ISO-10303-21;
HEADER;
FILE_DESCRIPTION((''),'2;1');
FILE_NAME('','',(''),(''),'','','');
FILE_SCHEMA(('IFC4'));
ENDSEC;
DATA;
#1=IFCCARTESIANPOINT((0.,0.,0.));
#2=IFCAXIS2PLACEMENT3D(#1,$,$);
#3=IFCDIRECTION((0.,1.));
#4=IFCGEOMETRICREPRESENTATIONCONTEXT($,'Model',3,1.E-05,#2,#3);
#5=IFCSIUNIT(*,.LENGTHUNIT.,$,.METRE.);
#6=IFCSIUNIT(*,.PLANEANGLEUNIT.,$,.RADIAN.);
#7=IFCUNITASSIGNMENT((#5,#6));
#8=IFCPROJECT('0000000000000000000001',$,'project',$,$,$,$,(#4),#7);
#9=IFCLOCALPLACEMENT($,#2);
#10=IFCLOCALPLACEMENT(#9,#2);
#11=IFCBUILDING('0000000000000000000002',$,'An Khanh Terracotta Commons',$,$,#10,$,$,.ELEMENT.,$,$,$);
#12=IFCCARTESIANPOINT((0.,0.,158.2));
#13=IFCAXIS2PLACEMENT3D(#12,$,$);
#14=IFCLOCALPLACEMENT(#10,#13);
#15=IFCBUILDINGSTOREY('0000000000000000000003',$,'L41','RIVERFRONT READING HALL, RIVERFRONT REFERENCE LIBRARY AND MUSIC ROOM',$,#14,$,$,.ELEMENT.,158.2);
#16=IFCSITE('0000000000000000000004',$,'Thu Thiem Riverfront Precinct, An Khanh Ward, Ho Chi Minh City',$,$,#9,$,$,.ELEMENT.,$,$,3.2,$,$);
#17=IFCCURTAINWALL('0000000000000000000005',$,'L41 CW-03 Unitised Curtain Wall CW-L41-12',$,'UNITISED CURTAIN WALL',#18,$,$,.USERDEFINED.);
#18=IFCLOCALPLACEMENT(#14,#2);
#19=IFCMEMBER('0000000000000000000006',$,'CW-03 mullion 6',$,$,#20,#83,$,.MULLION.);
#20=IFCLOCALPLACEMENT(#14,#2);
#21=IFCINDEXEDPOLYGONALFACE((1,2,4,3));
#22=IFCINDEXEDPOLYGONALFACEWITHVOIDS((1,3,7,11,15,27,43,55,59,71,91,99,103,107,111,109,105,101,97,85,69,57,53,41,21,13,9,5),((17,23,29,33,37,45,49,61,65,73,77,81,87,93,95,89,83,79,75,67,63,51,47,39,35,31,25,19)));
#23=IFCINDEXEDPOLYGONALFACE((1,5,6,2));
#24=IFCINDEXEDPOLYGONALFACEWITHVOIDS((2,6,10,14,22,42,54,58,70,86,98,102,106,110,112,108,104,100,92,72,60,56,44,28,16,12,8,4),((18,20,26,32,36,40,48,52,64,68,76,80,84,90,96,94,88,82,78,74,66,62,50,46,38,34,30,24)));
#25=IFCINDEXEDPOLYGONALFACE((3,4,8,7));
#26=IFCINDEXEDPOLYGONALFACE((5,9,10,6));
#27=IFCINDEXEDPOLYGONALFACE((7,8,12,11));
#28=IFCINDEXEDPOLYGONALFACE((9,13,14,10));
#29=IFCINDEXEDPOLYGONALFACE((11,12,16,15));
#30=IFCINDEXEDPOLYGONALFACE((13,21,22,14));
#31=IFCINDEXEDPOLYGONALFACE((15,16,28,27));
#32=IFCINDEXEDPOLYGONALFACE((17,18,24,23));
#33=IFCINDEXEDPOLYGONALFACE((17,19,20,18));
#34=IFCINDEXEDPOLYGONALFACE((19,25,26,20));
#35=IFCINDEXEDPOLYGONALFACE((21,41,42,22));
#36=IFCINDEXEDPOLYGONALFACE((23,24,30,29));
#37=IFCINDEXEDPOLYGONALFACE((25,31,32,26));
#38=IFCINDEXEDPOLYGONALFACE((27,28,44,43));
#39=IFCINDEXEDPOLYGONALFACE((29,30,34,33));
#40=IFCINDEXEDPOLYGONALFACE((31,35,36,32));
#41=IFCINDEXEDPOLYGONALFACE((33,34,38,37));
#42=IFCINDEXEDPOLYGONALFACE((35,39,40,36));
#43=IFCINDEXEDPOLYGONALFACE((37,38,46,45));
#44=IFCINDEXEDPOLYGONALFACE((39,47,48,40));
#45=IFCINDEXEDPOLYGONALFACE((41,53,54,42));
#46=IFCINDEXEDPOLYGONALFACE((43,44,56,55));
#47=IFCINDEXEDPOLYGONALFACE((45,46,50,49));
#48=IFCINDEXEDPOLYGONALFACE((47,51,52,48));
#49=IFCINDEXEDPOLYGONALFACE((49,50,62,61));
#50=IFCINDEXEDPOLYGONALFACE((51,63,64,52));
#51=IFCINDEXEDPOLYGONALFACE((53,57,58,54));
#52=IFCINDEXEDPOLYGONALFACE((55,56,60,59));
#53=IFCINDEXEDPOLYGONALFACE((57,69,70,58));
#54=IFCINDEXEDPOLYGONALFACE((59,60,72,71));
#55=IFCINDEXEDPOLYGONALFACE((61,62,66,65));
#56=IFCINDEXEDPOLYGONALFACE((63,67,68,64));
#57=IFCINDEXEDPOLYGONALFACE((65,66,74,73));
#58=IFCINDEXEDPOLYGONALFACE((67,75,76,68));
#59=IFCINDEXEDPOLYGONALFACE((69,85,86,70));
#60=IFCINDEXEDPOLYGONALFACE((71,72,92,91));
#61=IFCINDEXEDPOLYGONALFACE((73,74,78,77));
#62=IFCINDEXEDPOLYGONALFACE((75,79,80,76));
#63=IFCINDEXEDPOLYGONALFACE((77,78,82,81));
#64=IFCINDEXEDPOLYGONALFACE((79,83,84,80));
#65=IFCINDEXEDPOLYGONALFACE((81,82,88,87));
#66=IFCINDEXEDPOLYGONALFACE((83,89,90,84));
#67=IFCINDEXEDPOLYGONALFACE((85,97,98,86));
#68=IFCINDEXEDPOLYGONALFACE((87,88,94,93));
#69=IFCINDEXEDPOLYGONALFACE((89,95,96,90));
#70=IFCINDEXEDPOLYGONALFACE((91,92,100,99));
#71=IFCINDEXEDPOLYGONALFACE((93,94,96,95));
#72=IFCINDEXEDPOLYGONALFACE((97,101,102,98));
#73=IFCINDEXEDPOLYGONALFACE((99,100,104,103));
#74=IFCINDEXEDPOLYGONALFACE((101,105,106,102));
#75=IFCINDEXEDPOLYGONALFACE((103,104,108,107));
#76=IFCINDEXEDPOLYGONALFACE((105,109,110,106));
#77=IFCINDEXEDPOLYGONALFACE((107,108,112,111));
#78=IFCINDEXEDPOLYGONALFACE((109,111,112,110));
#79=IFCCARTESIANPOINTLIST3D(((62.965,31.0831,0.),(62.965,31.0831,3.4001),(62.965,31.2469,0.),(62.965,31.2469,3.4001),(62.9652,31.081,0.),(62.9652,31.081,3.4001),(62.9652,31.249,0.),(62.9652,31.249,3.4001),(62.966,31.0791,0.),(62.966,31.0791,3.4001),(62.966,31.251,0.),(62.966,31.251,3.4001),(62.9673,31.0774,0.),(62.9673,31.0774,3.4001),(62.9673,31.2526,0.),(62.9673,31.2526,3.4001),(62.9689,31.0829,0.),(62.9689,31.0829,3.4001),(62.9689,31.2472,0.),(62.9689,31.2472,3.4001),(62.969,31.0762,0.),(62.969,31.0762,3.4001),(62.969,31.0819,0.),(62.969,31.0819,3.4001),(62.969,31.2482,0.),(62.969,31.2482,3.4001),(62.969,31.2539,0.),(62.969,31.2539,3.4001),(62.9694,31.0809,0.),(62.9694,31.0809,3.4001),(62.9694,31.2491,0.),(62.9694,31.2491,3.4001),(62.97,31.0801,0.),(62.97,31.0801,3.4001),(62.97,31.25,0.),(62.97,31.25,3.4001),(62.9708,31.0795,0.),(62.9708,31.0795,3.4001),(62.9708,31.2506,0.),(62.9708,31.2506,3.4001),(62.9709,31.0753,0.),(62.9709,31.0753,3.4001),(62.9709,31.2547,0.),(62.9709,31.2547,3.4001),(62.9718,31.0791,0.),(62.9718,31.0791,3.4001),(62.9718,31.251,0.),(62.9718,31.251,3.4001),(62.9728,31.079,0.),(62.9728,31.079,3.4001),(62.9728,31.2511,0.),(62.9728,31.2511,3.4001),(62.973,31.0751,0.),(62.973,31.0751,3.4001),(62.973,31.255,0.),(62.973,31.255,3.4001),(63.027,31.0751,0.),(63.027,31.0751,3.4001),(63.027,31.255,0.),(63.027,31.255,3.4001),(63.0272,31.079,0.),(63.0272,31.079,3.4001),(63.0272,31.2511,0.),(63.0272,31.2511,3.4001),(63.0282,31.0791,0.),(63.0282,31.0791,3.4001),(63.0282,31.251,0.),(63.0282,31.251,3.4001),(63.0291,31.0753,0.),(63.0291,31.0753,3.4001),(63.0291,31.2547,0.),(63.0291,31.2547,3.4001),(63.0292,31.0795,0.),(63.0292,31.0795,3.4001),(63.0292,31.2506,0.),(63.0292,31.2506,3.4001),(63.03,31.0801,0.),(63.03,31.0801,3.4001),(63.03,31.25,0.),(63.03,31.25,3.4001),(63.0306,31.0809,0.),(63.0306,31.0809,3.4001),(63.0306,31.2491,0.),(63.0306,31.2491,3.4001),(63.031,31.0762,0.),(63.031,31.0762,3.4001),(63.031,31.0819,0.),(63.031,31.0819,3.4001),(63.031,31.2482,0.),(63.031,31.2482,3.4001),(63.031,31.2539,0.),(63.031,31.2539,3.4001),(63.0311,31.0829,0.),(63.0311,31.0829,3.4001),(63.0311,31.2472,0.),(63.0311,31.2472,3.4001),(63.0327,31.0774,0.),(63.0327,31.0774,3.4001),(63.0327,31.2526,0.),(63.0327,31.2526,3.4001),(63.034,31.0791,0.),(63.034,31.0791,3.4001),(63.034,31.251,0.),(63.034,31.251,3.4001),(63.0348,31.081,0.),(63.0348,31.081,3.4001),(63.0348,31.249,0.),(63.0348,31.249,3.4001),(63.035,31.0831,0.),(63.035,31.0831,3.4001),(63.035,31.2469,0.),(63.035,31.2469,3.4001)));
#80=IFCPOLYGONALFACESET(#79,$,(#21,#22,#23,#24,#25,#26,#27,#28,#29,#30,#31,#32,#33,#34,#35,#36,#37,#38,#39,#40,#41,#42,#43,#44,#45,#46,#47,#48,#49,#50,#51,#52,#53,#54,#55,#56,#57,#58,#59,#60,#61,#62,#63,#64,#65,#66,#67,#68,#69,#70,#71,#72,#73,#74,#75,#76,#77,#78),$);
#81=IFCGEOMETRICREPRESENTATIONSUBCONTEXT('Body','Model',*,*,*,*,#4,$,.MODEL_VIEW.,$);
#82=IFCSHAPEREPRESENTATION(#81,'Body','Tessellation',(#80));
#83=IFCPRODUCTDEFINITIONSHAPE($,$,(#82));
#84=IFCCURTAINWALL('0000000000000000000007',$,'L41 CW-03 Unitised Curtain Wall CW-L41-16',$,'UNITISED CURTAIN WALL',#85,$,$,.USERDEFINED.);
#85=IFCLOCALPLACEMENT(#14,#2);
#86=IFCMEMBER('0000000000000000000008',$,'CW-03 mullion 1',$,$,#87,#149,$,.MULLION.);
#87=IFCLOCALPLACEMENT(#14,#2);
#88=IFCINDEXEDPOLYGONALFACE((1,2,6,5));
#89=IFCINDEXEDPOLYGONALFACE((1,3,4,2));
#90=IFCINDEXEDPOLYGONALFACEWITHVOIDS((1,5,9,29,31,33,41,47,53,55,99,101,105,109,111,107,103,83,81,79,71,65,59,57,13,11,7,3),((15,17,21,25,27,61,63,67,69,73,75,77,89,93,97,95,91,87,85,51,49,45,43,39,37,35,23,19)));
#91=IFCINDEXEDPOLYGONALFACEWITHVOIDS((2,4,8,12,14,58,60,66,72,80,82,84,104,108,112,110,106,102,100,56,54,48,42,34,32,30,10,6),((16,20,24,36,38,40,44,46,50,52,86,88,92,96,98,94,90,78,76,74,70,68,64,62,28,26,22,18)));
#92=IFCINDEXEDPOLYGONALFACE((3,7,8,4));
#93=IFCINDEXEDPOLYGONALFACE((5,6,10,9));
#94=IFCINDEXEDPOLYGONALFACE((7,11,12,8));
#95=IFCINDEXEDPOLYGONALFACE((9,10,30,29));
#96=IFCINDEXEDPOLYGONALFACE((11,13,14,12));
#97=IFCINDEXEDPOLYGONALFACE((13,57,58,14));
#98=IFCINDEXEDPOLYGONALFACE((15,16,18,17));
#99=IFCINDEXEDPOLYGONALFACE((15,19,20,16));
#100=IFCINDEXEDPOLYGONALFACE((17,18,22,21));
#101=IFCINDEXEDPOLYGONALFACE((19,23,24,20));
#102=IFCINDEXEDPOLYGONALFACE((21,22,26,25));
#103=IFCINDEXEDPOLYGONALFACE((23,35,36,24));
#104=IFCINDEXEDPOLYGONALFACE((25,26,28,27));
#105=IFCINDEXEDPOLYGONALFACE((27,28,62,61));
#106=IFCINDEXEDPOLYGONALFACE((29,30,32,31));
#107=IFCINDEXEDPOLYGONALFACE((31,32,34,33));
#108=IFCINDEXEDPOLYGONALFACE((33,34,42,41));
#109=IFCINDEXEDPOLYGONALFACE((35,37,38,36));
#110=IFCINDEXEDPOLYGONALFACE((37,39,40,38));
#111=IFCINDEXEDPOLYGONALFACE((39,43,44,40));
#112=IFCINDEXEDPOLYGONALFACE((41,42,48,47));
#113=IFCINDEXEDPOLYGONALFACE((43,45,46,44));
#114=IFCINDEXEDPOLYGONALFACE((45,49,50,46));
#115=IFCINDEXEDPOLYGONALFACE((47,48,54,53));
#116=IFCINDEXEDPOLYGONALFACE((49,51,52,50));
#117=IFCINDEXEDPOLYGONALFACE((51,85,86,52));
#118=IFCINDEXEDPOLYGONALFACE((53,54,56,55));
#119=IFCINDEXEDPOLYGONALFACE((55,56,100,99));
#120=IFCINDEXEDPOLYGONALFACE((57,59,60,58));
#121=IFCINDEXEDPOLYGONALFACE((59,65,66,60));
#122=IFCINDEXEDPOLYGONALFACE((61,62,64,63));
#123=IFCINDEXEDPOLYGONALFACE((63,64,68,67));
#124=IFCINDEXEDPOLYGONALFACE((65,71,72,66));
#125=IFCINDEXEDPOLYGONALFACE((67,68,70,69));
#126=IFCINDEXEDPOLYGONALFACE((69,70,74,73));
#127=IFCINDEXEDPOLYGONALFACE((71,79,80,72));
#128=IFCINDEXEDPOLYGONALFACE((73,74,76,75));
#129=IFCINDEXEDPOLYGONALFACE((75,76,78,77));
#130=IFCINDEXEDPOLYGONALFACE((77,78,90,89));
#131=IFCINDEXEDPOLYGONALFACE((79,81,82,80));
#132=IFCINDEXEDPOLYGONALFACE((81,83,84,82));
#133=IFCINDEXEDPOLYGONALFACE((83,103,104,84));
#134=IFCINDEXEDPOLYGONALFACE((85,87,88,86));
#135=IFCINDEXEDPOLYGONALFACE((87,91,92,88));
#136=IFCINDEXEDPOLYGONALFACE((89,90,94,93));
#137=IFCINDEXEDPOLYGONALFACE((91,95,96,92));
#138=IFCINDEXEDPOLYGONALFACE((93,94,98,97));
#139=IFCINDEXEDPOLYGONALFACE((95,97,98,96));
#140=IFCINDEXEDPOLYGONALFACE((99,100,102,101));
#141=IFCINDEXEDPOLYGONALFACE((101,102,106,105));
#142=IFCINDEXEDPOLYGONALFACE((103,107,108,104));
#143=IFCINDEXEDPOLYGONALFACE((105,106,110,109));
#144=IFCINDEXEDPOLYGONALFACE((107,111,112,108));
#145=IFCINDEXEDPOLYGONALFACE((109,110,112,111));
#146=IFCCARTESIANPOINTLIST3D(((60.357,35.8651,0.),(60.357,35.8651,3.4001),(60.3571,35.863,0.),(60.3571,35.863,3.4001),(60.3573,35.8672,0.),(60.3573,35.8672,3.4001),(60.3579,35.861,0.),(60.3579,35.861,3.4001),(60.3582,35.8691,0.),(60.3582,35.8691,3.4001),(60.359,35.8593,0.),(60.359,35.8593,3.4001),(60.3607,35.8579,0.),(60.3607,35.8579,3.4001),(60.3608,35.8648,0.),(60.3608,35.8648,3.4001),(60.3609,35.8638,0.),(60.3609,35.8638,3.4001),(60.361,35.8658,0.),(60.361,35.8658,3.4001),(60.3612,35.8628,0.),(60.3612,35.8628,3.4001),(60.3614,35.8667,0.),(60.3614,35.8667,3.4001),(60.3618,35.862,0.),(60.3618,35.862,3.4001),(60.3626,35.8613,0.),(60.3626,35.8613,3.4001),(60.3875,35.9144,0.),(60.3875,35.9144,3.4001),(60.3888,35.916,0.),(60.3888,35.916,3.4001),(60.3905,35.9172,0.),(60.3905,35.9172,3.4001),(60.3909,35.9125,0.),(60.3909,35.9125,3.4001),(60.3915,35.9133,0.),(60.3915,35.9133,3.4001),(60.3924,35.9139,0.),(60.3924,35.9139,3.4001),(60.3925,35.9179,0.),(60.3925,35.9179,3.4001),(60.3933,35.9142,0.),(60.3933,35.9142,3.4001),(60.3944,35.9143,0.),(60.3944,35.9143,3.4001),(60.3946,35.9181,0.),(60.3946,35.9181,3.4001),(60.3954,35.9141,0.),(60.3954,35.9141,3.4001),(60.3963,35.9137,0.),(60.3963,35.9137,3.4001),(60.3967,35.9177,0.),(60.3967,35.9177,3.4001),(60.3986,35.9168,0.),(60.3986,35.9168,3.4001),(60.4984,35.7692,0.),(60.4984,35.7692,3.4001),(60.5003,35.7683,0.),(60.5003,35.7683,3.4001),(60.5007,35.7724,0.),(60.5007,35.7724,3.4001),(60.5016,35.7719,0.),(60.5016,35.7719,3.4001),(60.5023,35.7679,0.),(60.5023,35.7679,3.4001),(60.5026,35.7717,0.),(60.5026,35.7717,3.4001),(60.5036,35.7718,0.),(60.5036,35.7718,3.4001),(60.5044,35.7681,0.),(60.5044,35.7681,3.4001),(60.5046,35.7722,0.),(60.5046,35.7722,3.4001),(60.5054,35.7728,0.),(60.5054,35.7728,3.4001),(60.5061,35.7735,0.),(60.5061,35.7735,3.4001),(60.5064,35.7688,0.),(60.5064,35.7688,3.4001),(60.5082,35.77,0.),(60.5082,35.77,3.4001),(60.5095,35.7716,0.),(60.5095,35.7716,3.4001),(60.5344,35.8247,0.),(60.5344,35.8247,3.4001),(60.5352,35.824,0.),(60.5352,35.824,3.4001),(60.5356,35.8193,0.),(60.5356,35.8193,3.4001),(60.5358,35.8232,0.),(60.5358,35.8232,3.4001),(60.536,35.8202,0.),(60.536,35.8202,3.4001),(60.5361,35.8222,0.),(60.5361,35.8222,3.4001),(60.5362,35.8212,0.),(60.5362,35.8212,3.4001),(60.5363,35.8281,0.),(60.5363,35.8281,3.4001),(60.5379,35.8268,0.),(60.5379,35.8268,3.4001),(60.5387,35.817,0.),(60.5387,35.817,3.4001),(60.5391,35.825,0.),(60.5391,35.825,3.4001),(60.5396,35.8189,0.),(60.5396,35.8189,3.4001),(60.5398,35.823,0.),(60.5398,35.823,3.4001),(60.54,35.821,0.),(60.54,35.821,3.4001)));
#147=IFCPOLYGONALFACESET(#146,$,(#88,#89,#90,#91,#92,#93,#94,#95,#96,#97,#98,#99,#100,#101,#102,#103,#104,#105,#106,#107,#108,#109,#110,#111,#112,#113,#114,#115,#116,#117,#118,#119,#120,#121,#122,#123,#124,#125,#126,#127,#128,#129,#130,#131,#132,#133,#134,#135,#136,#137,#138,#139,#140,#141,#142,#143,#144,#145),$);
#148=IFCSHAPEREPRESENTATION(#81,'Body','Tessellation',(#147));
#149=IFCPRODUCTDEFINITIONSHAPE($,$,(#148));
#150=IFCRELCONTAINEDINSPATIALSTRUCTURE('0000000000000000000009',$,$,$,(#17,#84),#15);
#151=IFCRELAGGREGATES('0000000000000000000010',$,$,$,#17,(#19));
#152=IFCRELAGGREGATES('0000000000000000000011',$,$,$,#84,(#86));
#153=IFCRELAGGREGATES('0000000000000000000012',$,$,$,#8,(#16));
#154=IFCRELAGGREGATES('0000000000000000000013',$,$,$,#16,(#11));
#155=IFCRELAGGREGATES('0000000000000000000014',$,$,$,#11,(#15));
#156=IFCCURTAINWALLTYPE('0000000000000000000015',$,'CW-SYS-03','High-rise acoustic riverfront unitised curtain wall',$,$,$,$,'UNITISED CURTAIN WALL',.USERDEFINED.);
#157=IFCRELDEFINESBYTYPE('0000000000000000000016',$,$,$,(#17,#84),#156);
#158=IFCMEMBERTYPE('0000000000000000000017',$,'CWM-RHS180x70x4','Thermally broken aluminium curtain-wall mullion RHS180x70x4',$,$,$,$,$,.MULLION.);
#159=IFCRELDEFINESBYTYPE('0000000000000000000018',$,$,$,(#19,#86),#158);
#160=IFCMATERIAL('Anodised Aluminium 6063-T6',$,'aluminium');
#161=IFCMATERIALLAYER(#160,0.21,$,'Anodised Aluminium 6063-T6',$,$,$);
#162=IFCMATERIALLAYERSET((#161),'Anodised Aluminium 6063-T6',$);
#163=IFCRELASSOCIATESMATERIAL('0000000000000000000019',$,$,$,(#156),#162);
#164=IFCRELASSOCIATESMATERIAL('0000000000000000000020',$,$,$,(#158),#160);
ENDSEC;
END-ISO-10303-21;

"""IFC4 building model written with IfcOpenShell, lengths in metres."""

from ifc_helpers import new_model, si_unit, direction, frame, origin, origin_2d, place, context, subcontext, project, spatial, hollow_rectangle, extrude, material, layer, layer_set, material_profile, profile_set, type_object, element, aggregate, save


model = new_model("IFC4")

# Units and contexts
model_context = context("Model", 3, precision=1e-05, world=origin(), true_north=direction((0.0, 1.0)))
body_context = subcontext(model_context, "Body", "Model", "MODEL_VIEW")
ifc_project = project(units=[si_unit("LENGTHUNIT", "METRE"), si_unit("PLANEANGLEUNIT", "RADIAN")], contexts=[model_context])

# Site, building, storey
site_placement = place(None, origin())
site = spatial("IfcSite", under=ifc_project, at=site_placement, Name="Thu Thiem Riverfront Precinct, An Khanh Ward, Ho Chi Minh City", CompositionType="ELEMENT", RefElevation=3.2)
building_placement = place(site_placement, origin())
building = spatial("IfcBuilding", under=site, at=building_placement, Name="An Khanh Terracotta Commons", CompositionType="ELEMENT")
storey_placement = place(building_placement, frame((0.0, 0.0, 158.2)))
storey = spatial("IfcBuildingStorey", under=building, at=storey_placement, Name="L41", Description="RIVERFRONT READING HALL, RIVERFRONT REFERENCE LIBRARY AND MUSIC ROOM", CompositionType="ELEMENT", Elevation=158.2)

# Curtain walls, members
ifc_material_1 = material(Name="Anodised Aluminium 6063-T6", Category="aluminium")
ifc_layer_1 = layer(ifc_material_1, 0.21, Name="Anodised Aluminium 6063-T6")
ifc_layer_set_1 = layer_set([ifc_layer_1], Name="Anodised Aluminium 6063-T6")
curtain_wall_type = type_object("IfcCurtainWallType", Name="CW-SYS-03", Description="High-rise acoustic riverfront unitised curtain wall", ElementType="UNITISED CURTAIN WALL", PredefinedType="USERDEFINED", material=ifc_layer_set_1)
curtain_wall_1_placement = place(storey_placement, origin())
curtain_wall_1 = element("IfcCurtainWall", 1, at=curtain_wall_1_placement, inside=storey, type_object=curtain_wall_type, Name="L41 CW-03 Unitised Curtain Wall CW-L41-12", ObjectType="UNITISED CURTAIN WALL", PredefinedType="USERDEFINED")
ifc_material_profile_1 = material_profile(ifc_material_1, hollow_rectangle(XDim=0.0701, YDim=0.1799, WallThickness=0.0039, InnerFilletRadius=0.0039, OuterFilletRadius=0.0081, at=origin_2d()), Name="RHS180x70x4")
ifc_profile_set_1 = profile_set([ifc_material_profile_1], Name="Anodised Aluminium 6063-T6")
member_type_1 = type_object("IfcMemberType", Name="CWM-RHS180x70x4", Description="Thermally broken aluminium curtain-wall mullion RHS180x70x4", PredefinedType="MULLION", material=ifc_profile_set_1)
member_1_placement = place(storey_placement, frame((63.0, 31.165, 0.0), z_axis=(0.0, 0.0, 1.0), x_axis=(-1.0, 0.0, 0.0)))
member_1 = element("IfcMember", 2, at=member_1_placement, type_object=member_type_1, Name="CW-03 mullion 6", PredefinedType="MULLION", context=body_context, shape_type="SweptSolid", body=[
    extrude(hollow_rectangle(XDim=0.0701, YDim=0.1799, WallThickness=0.0039, InnerFilletRadius=0.0039, OuterFilletRadius=0.0081, at=origin_2d()), origin(), (0.0, 0.0, 1.0), 3.4001),
])
curtain_wall_2_placement = place(storey_placement, origin())
curtain_wall_2 = element("IfcCurtainWall", 3, at=curtain_wall_2_placement, inside=storey, type_object=curtain_wall_type, Name="L41 CW-03 Unitised Curtain Wall CW-L41-16", ObjectType="UNITISED CURTAIN WALL", PredefinedType="USERDEFINED")
member_2_placement = place(storey_placement, frame((60.4485, 35.843, 0.0), z_axis=(0.0, 0.0, 1.0), x_axis=(-0.541498, -0.840702, 0.0)))
member_2 = element("IfcMember", 4, at=member_2_placement, type_object=member_type_1, Name="CW-03 mullion 1", PredefinedType="MULLION", context=body_context, shape_type="SweptSolid", body=[
    extrude(hollow_rectangle(XDim=0.0701, YDim=0.1799, WallThickness=0.0039, InnerFilletRadius=0.0039, OuterFilletRadius=0.0081, at=origin_2d()), origin(), (0.0, 0.0, 1.0), 3.4001),
])

aggregate(curtain_wall_1, [member_1])
aggregate(curtain_wall_2, [member_2])

save(model, "model.ifc")
